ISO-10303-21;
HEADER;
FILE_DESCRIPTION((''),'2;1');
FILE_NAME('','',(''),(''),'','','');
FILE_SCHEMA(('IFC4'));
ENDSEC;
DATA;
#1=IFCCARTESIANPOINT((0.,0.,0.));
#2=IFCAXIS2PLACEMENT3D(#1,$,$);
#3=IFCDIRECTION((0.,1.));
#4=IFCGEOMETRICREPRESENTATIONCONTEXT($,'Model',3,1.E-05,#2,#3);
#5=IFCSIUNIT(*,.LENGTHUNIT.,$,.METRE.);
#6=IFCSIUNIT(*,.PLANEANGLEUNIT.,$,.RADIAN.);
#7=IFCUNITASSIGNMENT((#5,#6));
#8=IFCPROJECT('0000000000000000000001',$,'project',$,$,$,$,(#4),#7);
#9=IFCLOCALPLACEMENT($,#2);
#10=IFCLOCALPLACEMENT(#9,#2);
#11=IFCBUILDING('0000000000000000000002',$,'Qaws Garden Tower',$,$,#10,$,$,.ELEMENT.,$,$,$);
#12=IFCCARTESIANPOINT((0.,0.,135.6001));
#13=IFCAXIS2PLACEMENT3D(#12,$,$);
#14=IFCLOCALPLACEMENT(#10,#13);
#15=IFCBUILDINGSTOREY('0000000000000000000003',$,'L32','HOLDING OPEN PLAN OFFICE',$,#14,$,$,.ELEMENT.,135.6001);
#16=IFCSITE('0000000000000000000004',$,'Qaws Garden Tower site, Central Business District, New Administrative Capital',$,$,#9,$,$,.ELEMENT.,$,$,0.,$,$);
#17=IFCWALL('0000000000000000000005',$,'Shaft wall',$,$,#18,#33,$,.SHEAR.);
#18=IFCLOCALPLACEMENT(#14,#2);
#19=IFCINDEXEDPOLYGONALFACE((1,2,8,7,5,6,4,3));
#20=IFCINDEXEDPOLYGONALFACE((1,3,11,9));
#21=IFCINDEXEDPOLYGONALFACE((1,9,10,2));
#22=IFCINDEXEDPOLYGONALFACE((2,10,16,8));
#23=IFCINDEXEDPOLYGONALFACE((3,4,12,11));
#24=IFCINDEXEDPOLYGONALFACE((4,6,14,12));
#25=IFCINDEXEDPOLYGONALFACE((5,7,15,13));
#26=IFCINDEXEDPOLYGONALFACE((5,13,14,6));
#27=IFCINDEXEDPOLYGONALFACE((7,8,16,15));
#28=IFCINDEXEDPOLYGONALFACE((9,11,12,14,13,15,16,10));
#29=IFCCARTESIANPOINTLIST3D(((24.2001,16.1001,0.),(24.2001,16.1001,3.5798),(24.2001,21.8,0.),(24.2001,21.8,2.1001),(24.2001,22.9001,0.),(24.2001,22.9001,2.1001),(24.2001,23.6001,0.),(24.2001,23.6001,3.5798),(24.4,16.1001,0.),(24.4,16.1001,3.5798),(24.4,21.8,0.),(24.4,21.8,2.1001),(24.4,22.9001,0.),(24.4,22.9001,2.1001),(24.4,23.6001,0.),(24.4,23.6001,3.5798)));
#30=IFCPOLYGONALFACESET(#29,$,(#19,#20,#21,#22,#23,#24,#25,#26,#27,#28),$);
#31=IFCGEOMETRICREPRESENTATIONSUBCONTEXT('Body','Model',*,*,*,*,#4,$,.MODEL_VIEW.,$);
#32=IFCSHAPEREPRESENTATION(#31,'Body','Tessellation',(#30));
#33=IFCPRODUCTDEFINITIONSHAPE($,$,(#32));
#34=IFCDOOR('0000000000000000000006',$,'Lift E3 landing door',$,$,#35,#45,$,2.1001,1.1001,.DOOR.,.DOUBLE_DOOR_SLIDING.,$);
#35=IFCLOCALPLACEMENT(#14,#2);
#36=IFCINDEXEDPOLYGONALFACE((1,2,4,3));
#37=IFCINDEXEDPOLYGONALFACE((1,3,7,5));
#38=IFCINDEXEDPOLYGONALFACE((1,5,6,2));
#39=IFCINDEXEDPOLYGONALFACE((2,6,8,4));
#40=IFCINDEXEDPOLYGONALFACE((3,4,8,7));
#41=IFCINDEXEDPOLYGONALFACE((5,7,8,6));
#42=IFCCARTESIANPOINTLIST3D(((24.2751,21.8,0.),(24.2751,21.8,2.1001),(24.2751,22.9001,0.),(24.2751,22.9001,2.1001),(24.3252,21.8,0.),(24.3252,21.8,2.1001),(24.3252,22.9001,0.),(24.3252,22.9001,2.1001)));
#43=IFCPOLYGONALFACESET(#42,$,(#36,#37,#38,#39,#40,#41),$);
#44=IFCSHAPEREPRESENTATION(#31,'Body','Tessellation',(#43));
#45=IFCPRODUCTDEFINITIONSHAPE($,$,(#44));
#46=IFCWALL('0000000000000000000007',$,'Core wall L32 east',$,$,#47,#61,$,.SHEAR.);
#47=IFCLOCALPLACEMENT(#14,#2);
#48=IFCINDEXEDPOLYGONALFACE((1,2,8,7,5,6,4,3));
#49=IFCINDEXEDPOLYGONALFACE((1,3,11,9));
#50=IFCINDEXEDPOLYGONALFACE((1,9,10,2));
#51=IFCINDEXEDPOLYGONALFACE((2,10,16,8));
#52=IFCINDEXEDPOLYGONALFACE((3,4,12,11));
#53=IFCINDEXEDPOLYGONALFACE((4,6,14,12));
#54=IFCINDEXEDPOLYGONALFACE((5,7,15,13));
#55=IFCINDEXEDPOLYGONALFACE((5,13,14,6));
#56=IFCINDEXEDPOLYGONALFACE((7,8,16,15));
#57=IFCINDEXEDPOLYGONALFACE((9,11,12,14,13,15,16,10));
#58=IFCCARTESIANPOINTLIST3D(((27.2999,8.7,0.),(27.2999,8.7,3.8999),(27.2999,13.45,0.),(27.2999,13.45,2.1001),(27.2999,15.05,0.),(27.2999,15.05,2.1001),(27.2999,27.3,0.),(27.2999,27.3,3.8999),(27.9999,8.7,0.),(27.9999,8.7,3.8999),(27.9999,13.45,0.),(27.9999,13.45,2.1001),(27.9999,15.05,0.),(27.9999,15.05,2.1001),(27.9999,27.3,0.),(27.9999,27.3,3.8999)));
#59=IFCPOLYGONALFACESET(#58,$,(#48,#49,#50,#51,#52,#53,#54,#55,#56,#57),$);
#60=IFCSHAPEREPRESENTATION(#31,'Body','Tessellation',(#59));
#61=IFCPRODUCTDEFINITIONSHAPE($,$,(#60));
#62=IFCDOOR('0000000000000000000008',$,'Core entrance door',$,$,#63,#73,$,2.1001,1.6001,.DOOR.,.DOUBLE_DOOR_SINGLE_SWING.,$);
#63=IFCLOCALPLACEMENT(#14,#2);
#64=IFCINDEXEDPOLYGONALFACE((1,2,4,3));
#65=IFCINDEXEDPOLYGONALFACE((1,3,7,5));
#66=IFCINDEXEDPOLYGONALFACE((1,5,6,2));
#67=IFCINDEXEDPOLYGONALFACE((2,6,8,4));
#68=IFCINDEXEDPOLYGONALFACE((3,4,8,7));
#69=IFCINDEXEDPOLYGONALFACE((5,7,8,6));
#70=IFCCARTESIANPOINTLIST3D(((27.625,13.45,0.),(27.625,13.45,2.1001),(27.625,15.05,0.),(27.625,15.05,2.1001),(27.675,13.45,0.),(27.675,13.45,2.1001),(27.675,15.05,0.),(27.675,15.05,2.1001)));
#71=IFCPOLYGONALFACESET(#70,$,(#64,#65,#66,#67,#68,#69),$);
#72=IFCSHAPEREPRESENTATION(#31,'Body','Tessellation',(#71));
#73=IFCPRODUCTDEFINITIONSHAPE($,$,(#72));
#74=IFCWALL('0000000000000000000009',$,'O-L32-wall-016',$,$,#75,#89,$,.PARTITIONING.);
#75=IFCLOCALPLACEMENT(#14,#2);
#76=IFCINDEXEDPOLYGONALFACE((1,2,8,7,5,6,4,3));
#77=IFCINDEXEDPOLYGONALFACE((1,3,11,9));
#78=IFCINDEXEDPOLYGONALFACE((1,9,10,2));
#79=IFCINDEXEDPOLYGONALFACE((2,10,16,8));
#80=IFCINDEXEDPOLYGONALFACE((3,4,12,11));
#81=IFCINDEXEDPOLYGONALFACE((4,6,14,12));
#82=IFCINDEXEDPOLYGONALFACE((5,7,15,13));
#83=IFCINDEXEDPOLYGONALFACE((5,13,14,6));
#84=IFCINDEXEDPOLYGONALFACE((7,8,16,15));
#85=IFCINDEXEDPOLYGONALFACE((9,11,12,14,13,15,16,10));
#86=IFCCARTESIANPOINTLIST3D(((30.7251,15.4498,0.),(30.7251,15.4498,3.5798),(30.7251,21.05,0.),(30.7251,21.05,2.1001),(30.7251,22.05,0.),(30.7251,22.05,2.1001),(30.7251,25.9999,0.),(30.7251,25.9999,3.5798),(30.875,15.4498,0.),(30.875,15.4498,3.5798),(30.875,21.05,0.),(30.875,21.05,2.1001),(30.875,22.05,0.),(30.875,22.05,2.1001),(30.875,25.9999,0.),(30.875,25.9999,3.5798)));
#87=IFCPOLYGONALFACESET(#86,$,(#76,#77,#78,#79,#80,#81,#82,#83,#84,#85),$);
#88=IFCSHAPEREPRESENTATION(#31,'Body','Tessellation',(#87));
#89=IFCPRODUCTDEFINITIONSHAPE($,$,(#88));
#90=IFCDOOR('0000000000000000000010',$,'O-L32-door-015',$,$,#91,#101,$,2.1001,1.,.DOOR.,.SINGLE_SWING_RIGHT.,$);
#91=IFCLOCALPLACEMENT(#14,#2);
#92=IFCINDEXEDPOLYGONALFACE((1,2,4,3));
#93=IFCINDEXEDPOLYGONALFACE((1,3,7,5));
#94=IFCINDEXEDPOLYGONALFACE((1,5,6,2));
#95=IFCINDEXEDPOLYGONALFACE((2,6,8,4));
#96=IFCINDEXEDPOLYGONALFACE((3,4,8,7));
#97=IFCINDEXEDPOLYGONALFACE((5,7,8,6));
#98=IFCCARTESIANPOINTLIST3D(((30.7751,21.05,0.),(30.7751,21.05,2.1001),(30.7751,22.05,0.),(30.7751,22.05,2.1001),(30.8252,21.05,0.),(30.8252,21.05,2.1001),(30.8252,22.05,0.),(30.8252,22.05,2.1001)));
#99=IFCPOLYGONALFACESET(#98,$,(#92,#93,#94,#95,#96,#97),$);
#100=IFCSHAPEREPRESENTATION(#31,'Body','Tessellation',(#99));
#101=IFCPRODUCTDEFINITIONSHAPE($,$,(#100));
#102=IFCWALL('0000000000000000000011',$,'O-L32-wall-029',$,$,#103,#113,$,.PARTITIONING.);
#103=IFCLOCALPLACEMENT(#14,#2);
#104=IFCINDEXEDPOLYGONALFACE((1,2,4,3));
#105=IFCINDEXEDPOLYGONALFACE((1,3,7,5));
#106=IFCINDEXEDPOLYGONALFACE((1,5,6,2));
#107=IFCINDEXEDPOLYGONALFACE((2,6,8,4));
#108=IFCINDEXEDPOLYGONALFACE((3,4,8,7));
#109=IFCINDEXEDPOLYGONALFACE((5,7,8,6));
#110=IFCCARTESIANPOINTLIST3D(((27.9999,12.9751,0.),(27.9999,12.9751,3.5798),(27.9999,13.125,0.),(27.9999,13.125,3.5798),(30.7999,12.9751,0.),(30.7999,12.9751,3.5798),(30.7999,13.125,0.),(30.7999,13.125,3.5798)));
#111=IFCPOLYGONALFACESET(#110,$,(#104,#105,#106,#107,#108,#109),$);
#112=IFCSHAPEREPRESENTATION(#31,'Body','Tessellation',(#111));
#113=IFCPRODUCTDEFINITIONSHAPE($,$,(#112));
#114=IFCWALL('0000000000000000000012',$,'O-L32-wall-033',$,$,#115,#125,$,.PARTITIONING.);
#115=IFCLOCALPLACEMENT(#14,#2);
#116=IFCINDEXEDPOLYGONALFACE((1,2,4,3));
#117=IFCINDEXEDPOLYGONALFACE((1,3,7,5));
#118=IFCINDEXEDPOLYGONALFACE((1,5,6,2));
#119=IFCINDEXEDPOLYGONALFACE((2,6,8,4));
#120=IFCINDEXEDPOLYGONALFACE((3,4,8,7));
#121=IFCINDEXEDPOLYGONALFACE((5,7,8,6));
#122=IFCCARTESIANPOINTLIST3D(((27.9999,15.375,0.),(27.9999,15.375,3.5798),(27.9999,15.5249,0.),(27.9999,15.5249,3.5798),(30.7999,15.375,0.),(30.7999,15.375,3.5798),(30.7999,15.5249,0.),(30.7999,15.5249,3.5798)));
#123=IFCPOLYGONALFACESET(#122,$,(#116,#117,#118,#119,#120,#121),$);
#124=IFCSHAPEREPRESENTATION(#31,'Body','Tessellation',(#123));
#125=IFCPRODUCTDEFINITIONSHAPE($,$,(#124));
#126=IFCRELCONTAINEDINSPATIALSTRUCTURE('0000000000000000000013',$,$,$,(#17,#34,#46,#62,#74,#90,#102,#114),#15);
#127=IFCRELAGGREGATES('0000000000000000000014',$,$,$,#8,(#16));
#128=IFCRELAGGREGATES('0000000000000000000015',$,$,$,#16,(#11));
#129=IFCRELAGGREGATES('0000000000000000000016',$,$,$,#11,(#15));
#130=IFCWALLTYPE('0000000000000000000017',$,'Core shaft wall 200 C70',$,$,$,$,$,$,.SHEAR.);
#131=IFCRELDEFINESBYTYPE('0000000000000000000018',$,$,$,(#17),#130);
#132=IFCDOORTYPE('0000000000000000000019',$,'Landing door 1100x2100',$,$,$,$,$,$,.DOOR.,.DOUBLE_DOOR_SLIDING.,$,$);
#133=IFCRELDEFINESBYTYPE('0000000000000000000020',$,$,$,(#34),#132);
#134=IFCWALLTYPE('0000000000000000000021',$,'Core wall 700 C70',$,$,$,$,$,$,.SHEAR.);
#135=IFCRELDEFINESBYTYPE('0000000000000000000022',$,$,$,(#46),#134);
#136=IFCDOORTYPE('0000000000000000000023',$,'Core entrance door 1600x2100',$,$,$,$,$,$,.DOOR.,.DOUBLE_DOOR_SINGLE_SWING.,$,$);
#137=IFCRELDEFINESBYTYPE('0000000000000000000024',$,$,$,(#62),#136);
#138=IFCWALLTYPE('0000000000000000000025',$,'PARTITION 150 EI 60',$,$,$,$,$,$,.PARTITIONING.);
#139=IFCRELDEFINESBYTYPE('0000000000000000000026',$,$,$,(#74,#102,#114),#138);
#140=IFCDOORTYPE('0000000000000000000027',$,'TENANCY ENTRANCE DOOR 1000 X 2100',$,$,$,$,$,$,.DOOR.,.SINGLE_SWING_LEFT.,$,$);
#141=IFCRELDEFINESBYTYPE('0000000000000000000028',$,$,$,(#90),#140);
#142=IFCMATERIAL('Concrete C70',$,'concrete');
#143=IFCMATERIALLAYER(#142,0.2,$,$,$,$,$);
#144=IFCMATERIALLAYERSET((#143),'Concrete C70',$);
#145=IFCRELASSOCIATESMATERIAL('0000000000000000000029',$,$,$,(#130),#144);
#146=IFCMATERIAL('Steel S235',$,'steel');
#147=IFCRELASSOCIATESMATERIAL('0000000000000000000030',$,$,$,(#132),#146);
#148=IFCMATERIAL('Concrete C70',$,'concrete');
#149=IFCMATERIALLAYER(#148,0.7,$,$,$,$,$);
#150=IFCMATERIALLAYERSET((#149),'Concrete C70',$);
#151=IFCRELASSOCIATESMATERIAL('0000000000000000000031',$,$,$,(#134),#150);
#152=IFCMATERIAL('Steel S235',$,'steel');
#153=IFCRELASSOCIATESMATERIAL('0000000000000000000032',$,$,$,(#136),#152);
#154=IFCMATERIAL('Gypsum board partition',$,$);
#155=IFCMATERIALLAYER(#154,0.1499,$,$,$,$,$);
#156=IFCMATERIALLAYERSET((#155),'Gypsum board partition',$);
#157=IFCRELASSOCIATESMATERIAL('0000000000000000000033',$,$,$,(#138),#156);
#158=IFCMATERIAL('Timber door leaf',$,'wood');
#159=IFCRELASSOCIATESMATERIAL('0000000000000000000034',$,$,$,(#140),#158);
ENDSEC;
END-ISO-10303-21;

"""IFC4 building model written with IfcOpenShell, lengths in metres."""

from ifc_helpers import new_model, si_unit, direction, frame, frame_2d, origin, place, context, subcontext, project, spatial, rectangle, extrude, material, layer, layer_set, type_object, element, fill, save


model = new_model("IFC4")

# Units and contexts
model_context = context("Model", 3, precision=1e-05, world=origin(), true_north=direction((0.0, 1.0)))
body_context = subcontext(model_context, "Body", "Model", "MODEL_VIEW")
ifc_project = project(units=[si_unit("LENGTHUNIT", "METRE"), si_unit("PLANEANGLEUNIT", "RADIAN")], contexts=[model_context])

# Site, building, storey
site_placement = place(None, origin())
site = spatial("IfcSite", under=ifc_project, at=site_placement, Name="Qaws Garden Tower site, Central Business District, New Administrative Capital", CompositionType="ELEMENT", RefElevation=0.0)
building_placement = place(site_placement, origin())
building = spatial("IfcBuilding", under=site, at=building_placement, Name="Qaws Garden Tower", CompositionType="ELEMENT")
storey_placement = place(building_placement, frame((0.0, 0.0, 135.6001)))
storey = spatial("IfcBuildingStorey", under=building, at=storey_placement, Name="L32", Description="HOLDING OPEN PLAN OFFICE", CompositionType="ELEMENT", Elevation=135.6001)

# Shared definitions
ifc_material_1 = material(Name="Concrete C70", Category="concrete")
ifc_layer_1 = layer(ifc_material_1, 0.2)
ifc_layer_set_1 = layer_set([ifc_layer_1], Name="Concrete C70")
wall_type_1 = type_object("IfcWallType", Name="Core shaft wall 200 C70", PredefinedType="SHEAR", material=ifc_layer_set_1)
ifc_material_2 = material(Name="Steel S235", Category="steel")
door_type_1 = type_object("IfcDoorType", Name="Landing door 1100x2100", OperationType="DOUBLE_DOOR_SLIDING", PredefinedType="DOOR", material=ifc_material_2)

# Walls, openings, doors
wall_1_placement = place(storey_placement, frame((24.3, 16.1001, 0.0), z_axis=(0.0, 0.0, 1.0), x_axis=(0.0, 1.0, 0.0)))
wall_1 = element("IfcWall", 1, at=wall_1_placement, inside=storey, type_object=wall_type_1, Name="Shaft wall", PredefinedType="SHEAR", context=body_context, shape_type="SweptSolid", body=[
    extrude(rectangle(XDim=7.5, YDim=0.2, at=frame_2d((3.75, 0.0))), origin(), (0.0, 0.0, 1.0), 3.5798),
])
opening_1_placement = place(wall_1_placement, frame((5.7, 0.0, 0.0)))
opening_1 = element("IfcOpeningElement", 2, at=opening_1_placement, cuts=wall_1, PredefinedType="OPENING", context=body_context, shape_type="SweptSolid", body=[
    extrude(rectangle(XDim=1.1001, YDim=2.1001, at=frame_2d((0.55, 1.05))), frame((0.0, 0.1099, 0.0), z_axis=(0.0, -1.0, 0.0), x_axis=(1.0, 0.0, 0.0)), (0.0, 0.0, 1.0), 0.22),
])
door_1_placement = place(opening_1_placement, origin())
door_1 = element("IfcDoor", 3, at=door_1_placement, inside=storey, type_object=door_type_1, Name="Lift E3 landing door", OperationType="DOUBLE_DOOR_SLIDING", OverallHeight=2.1001, OverallWidth=1.1001, PredefinedType="DOOR", context=body_context, shape_type="SweptSolid", body=[
    extrude(rectangle(XDim=1.1001, YDim=2.1001, at=frame_2d((0.55, 1.05))), frame((0.0, 0.0249, 0.0), z_axis=(0.0, -1.0, 0.0), x_axis=(1.0, 0.0, 0.0)), (0.0, 0.0, 1.0), 0.05),
])
fill(opening_1, door_1)
ifc_material_3 = material(Name="Concrete C70", Category="concrete")
ifc_layer_2 = layer(ifc_material_3, 0.7)
ifc_layer_set_2 = layer_set([ifc_layer_2], Name="Concrete C70")
wall_type_2 = type_object("IfcWallType", Name="Core wall 700 C70", PredefinedType="SHEAR", material=ifc_layer_set_2)
wall_2_placement = place(storey_placement, frame((27.6499, 8.7, 0.0), z_axis=(0.0, 0.0, 1.0), x_axis=(0.0, 1.0, 0.0)))
wall_2 = element("IfcWall", 4, at=wall_2_placement, inside=storey, type_object=wall_type_2, Name="Core wall L32 east", PredefinedType="SHEAR", context=body_context, shape_type="SweptSolid", body=[
    extrude(rectangle(XDim=18.6001, YDim=0.7, at=frame_2d((9.3, 0.0))), origin(), (0.0, 0.0, 1.0), 3.8999),
])
opening_2_placement = place(wall_2_placement, frame((4.75, 0.0, 0.0)))
opening_2 = element("IfcOpeningElement", 5, at=opening_2_placement, cuts=wall_2, PredefinedType="OPENING", context=body_context, shape_type="SweptSolid", body=[
    extrude(rectangle(XDim=1.6001, YDim=2.1001, at=frame_2d((0.8, 1.05))), frame((0.0, 0.3599, 0.0), z_axis=(0.0, -1.0, 0.0), x_axis=(1.0, 0.0, 0.0)), (0.0, 0.0, 1.0), 0.72),
])
ifc_material_4 = material(Name="Steel S235", Category="steel")
door_type_2 = type_object("IfcDoorType", Name="Core entrance door 1600x2100", OperationType="DOUBLE_DOOR_SINGLE_SWING", PredefinedType="DOOR", material=ifc_material_4)
door_2_placement = place(opening_2_placement, origin())
door_2 = element("IfcDoor", 6, at=door_2_placement, inside=storey, type_object=door_type_2, Name="Core entrance door", OperationType="DOUBLE_DOOR_SINGLE_SWING", OverallHeight=2.1001, OverallWidth=1.6001, PredefinedType="DOOR", context=body_context, shape_type="SweptSolid", body=[
    extrude(rectangle(XDim=1.6001, YDim=2.1001, at=frame_2d((0.8, 1.05))), frame((0.0, 0.0249, 0.0), z_axis=(0.0, -1.0, 0.0), x_axis=(1.0, 0.0, 0.0)), (0.0, 0.0, 1.0), 0.05),
])
fill(opening_2, door_2)
ifc_material_5 = material(Name="Gypsum board partition")
ifc_layer_3 = layer(ifc_material_5, 0.1499)
ifc_layer_set_3 = layer_set([ifc_layer_3], Name="Gypsum board partition")
wall_type_3 = type_object("IfcWallType", Name="PARTITION 150 EI 60", PredefinedType="PARTITIONING", material=ifc_layer_set_3)
wall_3_placement = place(storey_placement, frame((30.8, 15.45, 0.0), z_axis=(0.0, 0.0, 1.0), x_axis=(0.0, 1.0, 0.0)))
wall_3 = element("IfcWall", 7, at=wall_3_placement, inside=storey, type_object=wall_type_3, Name="O-L32-wall-016", PredefinedType="PARTITIONING", context=body_context, shape_type="SweptSolid", body=[
    extrude(rectangle(XDim=10.55, YDim=0.1499, at=frame_2d((5.2749, 0.0))), origin(), (0.0, 0.0, 1.0), 3.5798),
])
opening_3_placement = place(wall_3_placement, frame((5.6001, 0.0, 0.0)))
opening_3 = element("IfcOpeningElement", 8, at=opening_3_placement, cuts=wall_3, PredefinedType="OPENING", context=body_context, shape_type="SweptSolid", body=[
    extrude(rectangle(XDim=1.0, YDim=2.1001, at=frame_2d((0.5, 1.05))), frame((0.0, 0.085, 0.0), z_axis=(0.0, -1.0, 0.0), x_axis=(1.0, 0.0, 0.0)), (0.0, 0.0, 1.0), 0.1699),
])
ifc_material_6 = material(Name="Timber door leaf", Category="wood")
door_type_3 = type_object("IfcDoorType", Name="TENANCY ENTRANCE DOOR 1000 X 2100", OperationType="SINGLE_SWING_LEFT", PredefinedType="DOOR", material=ifc_material_6)
door_3_placement = place(opening_3_placement, origin())
door_3 = element("IfcDoor", 9, at=door_3_placement, inside=storey, type_object=door_type_3, Name="O-L32-door-015", OperationType="SINGLE_SWING_RIGHT", OverallHeight=2.1001, OverallWidth=1.0, PredefinedType="DOOR", context=body_context, shape_type="SweptSolid", body=[
    extrude(rectangle(XDim=1.0, YDim=2.1001, at=frame_2d((0.5, 1.05))), frame((0.0, 0.0249, 0.0), z_axis=(0.0, -1.0, 0.0), x_axis=(1.0, 0.0, 0.0)), (0.0, 0.0, 1.0), 0.05),
])
fill(opening_3, door_3)

# Walls
for number, where, z_axis, x_axis, name in (
    (10, (28.0, 13.05, 0.0), (0.0, 0.0, 1.0), (1.0, 0.0, 0.0), "O-L32-wall-029"),
    (11, (28.0, 15.45, 0.0), (0.0, 0.0, 1.0), (1.0, 0.0, 0.0), "O-L32-wall-033"),
):
    element("IfcWall", number, at=place(storey_placement, frame(where, z_axis=z_axis, x_axis=x_axis)), inside=storey, type_object=wall_type_3, Name=name, PredefinedType="PARTITIONING", context=body_context, shape_type="SweptSolid", body=[
        extrude(rectangle(XDim=2.8, YDim=0.1499, at=frame_2d((1.3999, 0.0))), origin(), (0.0, 0.0, 1.0), 3.5798),
    ])

save(model, "model.ifc")
